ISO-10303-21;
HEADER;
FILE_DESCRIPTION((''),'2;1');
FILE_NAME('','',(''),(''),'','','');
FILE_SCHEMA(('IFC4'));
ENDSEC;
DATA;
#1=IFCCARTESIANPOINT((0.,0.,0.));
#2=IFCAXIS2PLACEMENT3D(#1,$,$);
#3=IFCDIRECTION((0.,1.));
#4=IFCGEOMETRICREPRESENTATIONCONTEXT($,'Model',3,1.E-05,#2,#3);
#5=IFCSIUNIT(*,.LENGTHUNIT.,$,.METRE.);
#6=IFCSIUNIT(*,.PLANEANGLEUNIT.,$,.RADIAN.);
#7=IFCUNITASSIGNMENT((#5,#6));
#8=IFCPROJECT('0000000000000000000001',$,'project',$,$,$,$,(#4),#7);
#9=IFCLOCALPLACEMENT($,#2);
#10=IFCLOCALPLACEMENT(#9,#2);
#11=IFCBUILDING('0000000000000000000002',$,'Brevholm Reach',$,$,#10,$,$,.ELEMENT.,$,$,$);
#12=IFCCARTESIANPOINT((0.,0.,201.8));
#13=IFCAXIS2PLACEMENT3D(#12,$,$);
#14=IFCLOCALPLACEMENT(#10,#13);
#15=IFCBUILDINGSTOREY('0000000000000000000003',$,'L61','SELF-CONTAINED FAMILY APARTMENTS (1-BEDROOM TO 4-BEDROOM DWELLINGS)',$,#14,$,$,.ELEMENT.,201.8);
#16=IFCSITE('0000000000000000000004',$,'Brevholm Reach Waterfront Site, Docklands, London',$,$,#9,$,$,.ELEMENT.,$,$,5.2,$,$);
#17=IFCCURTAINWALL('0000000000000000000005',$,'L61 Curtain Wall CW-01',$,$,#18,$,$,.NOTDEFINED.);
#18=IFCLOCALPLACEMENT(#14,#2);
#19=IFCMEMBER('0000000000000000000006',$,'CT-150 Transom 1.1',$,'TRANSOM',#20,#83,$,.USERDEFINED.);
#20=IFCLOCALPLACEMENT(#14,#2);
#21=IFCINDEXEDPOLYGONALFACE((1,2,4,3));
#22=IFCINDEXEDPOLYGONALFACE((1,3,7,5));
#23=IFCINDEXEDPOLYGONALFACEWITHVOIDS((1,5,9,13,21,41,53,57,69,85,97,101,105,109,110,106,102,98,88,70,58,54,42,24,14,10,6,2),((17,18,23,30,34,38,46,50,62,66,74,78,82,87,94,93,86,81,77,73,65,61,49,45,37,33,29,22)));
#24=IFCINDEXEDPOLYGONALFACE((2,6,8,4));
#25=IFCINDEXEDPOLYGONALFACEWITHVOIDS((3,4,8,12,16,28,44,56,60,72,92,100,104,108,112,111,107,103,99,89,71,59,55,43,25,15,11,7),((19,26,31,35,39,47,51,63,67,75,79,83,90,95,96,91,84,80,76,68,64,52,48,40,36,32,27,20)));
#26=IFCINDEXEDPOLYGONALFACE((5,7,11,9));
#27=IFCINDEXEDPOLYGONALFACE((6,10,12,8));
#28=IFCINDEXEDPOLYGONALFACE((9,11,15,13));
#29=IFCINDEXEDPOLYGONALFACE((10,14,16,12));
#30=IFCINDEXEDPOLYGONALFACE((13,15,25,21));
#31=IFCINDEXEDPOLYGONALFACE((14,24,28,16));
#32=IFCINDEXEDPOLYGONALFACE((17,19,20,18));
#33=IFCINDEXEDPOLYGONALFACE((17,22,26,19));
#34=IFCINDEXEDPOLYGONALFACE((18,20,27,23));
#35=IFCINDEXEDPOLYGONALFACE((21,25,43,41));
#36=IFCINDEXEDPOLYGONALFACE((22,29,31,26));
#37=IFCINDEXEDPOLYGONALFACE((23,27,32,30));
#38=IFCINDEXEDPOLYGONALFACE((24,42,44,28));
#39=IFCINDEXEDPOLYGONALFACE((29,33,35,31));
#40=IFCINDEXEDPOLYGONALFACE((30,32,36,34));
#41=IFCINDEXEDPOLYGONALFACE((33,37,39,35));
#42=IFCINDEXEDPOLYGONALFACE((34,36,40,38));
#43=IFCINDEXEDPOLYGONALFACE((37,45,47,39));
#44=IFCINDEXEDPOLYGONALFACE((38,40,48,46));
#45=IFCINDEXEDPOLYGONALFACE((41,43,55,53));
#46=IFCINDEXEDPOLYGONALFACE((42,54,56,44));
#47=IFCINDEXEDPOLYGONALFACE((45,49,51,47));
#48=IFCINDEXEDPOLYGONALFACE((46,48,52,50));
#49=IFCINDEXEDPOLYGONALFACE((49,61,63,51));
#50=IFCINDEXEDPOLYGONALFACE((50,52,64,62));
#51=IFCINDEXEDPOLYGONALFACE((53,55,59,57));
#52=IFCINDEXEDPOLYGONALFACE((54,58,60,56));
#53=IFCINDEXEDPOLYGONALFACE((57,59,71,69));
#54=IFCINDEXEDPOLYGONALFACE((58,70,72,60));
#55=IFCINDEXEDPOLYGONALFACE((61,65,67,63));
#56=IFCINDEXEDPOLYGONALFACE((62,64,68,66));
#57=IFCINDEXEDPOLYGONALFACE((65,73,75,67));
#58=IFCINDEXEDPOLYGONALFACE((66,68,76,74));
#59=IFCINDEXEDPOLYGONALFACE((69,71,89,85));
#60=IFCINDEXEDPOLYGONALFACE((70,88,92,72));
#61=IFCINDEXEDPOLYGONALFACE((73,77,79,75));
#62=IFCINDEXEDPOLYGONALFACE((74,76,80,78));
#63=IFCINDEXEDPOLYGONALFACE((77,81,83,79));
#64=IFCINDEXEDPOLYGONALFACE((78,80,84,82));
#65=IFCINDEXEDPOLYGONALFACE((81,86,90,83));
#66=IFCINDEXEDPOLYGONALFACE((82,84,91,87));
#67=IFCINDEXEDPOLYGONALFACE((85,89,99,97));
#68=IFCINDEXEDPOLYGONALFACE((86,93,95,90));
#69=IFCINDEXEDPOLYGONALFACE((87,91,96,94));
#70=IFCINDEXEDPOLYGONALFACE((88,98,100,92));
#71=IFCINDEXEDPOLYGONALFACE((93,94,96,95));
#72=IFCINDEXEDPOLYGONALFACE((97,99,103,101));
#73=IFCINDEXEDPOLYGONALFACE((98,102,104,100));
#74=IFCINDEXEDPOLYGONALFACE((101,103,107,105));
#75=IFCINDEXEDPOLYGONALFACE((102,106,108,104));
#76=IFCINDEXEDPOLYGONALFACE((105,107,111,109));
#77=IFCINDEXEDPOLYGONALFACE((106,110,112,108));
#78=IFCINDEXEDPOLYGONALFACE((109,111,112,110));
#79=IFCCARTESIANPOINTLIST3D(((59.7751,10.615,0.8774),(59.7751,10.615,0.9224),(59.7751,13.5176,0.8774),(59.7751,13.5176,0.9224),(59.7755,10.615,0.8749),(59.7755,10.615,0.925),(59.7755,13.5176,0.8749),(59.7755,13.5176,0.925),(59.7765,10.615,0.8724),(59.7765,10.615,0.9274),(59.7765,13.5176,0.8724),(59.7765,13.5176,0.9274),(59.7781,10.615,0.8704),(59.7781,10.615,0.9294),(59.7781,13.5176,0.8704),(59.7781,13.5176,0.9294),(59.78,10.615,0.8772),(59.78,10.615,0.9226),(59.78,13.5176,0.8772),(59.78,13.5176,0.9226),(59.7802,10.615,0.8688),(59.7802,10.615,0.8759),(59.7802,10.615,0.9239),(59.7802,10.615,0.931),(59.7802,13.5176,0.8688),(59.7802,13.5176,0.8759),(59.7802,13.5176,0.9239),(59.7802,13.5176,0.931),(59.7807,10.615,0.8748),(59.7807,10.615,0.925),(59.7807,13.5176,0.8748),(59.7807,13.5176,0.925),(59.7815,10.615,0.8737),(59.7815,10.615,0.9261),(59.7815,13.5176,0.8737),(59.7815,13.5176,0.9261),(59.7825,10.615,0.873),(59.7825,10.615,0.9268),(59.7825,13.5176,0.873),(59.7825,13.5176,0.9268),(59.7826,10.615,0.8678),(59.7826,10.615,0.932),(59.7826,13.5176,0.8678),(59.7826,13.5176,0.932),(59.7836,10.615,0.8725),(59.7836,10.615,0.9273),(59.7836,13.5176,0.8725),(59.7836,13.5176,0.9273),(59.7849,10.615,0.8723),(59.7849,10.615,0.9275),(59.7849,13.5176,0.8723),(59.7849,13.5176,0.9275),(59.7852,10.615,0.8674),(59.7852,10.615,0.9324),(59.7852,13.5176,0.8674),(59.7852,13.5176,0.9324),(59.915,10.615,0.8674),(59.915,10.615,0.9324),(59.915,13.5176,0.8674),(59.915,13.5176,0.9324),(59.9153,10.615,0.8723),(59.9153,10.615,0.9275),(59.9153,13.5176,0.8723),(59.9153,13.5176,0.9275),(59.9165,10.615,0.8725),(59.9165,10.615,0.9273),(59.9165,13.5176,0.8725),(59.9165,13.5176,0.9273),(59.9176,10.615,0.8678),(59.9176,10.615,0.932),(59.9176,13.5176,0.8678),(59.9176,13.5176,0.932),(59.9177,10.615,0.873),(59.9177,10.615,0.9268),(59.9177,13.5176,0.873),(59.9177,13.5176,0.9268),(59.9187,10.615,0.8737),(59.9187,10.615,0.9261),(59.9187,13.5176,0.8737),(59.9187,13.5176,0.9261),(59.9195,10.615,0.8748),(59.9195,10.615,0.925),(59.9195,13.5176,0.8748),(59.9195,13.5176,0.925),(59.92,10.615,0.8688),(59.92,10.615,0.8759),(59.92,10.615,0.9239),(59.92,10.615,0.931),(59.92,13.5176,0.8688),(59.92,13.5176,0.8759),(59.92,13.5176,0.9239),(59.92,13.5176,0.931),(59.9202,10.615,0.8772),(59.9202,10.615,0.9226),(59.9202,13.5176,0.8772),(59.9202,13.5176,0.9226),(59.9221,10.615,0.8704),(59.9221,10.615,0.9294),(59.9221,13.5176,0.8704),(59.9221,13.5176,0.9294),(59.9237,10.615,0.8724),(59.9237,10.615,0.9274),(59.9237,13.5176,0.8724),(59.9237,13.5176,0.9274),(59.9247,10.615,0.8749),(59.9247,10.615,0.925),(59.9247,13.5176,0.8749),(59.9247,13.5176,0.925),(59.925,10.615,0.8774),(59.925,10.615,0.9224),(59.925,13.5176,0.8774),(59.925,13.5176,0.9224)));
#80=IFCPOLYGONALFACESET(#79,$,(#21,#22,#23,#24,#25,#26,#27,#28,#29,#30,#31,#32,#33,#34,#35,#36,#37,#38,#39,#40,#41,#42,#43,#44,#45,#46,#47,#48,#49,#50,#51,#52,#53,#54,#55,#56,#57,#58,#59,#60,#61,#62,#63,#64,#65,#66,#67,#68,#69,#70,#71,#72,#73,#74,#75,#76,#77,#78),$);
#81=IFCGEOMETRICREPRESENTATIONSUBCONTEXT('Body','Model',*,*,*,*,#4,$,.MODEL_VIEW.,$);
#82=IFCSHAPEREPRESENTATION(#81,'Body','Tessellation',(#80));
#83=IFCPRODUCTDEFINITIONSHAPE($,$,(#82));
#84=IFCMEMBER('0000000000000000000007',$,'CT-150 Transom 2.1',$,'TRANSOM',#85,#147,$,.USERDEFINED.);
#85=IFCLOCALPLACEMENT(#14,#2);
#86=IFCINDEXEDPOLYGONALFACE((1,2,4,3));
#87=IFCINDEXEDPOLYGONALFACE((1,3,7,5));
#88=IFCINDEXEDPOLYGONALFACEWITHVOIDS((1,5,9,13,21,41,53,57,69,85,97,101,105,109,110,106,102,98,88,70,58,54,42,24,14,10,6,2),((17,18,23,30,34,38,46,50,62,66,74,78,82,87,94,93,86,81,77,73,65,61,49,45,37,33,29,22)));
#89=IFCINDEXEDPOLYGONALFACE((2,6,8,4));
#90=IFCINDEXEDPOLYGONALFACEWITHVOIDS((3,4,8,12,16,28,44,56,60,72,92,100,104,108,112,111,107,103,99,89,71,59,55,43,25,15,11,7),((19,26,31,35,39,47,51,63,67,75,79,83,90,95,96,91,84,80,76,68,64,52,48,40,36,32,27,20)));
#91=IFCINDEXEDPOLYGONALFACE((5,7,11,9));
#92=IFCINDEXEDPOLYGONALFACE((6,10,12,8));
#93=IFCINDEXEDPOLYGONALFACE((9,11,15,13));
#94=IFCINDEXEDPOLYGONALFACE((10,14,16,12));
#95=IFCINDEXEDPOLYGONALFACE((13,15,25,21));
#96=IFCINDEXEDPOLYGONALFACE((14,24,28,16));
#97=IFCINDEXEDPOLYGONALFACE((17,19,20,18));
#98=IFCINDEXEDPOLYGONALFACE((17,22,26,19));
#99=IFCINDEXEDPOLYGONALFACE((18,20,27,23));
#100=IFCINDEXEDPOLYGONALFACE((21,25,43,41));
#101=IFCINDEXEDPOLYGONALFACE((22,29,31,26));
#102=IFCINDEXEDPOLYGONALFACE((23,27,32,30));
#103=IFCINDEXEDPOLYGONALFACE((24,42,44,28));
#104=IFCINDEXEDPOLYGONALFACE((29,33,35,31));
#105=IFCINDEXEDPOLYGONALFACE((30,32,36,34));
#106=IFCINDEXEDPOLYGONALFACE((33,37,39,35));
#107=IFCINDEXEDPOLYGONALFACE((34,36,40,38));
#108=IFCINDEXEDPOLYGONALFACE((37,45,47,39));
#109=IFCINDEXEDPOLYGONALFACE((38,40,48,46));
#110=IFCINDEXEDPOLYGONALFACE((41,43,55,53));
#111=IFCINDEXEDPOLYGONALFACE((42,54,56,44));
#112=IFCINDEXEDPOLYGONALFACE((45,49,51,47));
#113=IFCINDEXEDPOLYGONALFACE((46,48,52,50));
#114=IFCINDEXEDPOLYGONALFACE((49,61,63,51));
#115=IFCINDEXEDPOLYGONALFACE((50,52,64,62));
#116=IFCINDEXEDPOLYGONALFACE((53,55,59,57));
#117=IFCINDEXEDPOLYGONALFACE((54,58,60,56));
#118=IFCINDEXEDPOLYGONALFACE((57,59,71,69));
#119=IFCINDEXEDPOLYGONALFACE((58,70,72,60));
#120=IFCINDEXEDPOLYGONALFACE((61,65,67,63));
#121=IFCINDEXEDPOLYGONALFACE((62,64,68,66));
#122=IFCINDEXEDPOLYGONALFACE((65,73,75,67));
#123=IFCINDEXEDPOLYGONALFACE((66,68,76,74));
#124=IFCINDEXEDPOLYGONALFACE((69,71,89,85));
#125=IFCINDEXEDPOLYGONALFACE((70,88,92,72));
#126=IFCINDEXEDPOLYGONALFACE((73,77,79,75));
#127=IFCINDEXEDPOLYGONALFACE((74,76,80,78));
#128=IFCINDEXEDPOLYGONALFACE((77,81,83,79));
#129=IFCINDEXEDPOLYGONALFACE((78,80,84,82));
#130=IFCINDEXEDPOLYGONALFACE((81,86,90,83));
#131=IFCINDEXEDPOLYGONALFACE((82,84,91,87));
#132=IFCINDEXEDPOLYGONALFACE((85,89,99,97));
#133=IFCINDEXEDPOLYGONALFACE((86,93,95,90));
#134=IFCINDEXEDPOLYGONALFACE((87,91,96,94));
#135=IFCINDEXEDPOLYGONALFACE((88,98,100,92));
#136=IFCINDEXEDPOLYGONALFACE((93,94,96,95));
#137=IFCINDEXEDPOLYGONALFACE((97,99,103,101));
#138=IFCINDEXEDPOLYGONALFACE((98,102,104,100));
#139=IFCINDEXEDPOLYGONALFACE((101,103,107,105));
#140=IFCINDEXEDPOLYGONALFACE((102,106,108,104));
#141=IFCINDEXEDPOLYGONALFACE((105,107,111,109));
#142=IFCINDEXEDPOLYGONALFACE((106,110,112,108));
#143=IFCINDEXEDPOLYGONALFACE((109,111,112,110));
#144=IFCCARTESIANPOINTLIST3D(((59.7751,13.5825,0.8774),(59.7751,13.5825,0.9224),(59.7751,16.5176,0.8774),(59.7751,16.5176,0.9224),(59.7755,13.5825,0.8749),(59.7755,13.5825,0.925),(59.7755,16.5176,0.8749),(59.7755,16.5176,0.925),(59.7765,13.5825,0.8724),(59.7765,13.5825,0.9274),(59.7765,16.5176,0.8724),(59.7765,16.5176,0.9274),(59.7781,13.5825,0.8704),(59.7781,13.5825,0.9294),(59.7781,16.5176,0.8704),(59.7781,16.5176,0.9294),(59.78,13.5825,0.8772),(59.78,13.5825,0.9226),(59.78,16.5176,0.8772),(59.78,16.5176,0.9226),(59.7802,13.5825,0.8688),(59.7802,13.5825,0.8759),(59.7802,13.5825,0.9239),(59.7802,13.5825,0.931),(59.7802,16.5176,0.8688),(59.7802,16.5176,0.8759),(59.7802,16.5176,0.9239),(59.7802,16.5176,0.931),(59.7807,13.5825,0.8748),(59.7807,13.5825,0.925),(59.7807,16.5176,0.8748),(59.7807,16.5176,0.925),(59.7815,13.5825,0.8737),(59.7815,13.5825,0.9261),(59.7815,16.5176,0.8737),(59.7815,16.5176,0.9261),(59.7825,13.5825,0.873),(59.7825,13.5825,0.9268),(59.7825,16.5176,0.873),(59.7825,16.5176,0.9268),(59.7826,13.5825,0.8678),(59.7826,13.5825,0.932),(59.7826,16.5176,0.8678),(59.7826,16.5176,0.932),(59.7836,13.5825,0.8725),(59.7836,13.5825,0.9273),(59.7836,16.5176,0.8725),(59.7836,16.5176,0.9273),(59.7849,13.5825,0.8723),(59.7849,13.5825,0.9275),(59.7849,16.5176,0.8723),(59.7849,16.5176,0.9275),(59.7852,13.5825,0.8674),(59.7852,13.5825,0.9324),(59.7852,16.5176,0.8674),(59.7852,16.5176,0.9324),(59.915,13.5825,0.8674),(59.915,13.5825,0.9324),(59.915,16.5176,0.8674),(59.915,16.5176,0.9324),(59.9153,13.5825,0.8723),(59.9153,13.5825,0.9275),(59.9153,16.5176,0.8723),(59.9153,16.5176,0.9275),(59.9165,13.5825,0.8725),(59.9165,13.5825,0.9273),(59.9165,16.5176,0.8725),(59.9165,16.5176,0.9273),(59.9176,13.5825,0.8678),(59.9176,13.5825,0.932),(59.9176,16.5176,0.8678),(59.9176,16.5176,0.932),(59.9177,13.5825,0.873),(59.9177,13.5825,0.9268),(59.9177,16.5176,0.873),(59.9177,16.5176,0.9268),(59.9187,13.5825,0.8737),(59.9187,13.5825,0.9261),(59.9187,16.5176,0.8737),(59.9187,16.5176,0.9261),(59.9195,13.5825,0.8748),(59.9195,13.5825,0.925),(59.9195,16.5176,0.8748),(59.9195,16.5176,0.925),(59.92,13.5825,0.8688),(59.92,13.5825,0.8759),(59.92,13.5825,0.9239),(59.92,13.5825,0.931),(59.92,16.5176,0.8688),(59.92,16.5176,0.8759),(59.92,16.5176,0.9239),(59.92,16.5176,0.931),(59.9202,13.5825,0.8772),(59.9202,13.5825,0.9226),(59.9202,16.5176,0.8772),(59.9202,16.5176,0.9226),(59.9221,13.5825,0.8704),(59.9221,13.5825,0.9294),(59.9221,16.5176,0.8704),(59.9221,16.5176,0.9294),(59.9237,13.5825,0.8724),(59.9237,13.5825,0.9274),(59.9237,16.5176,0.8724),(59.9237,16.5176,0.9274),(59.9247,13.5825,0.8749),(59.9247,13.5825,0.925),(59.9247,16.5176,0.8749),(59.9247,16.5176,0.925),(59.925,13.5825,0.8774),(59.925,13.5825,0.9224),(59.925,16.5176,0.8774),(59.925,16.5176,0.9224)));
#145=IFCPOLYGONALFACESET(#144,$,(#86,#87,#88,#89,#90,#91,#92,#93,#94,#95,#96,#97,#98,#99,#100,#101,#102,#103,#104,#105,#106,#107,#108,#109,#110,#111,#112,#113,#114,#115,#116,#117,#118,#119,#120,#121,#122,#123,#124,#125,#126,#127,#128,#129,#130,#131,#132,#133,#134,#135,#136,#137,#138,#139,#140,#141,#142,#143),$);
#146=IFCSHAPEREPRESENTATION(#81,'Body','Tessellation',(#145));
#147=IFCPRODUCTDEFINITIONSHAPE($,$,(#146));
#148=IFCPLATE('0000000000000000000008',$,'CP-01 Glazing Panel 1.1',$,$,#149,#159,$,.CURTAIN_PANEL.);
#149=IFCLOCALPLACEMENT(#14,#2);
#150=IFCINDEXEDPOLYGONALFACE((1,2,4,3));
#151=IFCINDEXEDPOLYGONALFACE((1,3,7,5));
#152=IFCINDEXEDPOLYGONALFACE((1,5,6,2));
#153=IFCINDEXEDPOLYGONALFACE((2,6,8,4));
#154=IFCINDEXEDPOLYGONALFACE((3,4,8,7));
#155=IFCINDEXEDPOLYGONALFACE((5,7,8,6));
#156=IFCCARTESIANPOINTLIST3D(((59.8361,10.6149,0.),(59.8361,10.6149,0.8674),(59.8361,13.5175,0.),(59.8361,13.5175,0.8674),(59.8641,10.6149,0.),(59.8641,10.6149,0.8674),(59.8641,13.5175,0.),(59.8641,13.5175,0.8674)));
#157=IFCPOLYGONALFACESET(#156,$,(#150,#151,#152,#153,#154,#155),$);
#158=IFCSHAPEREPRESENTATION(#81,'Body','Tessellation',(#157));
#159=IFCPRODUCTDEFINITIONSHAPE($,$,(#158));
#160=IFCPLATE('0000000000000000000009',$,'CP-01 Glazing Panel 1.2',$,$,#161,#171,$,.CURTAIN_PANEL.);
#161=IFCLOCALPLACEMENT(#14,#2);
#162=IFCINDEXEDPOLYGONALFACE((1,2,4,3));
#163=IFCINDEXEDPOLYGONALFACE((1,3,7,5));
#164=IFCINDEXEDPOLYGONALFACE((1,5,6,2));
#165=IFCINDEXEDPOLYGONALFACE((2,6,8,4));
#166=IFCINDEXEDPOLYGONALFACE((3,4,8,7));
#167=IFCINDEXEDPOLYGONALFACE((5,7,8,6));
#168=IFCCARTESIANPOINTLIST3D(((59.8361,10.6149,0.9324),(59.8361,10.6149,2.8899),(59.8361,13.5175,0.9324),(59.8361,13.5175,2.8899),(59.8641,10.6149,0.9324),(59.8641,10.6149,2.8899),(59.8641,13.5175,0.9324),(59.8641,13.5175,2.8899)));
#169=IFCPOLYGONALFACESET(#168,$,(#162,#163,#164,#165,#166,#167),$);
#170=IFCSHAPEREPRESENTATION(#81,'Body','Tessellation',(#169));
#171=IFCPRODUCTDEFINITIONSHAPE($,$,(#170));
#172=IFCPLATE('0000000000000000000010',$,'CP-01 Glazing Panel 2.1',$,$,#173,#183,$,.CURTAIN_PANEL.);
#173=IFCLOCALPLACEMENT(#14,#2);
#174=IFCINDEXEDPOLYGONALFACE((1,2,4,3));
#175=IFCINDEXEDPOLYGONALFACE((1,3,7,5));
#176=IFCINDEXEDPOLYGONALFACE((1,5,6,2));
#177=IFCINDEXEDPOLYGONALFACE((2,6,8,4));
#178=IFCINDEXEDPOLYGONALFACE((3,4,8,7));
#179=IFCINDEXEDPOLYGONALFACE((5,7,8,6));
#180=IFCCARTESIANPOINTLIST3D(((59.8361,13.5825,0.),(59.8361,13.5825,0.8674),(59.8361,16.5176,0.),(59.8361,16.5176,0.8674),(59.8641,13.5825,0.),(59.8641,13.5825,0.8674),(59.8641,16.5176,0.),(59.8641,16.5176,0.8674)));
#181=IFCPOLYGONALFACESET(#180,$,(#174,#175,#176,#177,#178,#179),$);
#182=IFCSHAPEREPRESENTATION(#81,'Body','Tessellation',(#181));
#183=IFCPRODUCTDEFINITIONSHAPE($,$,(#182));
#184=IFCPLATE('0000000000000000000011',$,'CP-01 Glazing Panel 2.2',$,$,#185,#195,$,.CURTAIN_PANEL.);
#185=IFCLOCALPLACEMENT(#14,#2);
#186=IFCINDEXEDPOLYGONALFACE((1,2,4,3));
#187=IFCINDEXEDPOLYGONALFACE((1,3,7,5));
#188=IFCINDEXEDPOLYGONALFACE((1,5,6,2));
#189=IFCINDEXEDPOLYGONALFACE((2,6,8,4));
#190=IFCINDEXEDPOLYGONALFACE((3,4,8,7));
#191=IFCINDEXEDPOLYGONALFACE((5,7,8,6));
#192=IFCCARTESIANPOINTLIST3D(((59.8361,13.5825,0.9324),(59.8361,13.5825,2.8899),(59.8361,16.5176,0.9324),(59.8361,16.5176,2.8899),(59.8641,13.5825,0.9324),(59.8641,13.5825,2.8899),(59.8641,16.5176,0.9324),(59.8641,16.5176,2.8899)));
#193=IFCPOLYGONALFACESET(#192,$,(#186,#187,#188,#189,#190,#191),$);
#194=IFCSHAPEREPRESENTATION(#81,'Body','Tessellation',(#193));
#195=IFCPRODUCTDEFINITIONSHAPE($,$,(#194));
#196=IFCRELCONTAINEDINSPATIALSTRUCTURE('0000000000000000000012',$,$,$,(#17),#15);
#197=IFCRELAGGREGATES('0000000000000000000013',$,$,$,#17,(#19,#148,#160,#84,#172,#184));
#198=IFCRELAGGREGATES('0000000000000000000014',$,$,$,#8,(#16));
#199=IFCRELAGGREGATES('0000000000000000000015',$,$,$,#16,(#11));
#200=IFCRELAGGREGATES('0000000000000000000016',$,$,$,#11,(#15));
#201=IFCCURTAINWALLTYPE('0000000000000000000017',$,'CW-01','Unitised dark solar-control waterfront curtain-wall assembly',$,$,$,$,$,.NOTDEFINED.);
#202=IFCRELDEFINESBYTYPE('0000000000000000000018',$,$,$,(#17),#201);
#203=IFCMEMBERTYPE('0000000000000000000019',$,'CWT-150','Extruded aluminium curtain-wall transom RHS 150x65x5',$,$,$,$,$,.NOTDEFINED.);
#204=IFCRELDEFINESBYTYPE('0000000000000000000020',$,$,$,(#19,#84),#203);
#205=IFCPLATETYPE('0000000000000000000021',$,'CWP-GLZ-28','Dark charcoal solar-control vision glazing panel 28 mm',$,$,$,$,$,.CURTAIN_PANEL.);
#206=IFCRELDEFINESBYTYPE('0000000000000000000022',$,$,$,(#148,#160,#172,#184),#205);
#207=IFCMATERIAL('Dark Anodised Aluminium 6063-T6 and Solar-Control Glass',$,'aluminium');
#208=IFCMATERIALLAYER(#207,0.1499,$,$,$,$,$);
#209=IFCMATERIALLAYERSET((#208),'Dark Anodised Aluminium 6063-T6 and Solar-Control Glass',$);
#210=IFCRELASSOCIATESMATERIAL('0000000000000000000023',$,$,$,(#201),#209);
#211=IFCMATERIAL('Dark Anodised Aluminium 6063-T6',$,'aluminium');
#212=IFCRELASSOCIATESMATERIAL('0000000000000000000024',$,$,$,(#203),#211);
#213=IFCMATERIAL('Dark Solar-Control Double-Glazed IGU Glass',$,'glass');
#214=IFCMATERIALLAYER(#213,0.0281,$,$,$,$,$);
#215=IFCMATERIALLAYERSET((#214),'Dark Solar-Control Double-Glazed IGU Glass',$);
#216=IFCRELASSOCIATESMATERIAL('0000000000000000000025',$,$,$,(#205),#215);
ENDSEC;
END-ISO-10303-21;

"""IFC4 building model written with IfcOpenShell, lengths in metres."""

from ifc_helpers import new_model, si_unit, direction, frame, origin, origin_2d, place, context, subcontext, project, spatial, rectangle, hollow_rectangle, extrude, material, layer, layer_set, material_profile, profile_set, type_object, element, aggregate, save


model = new_model("IFC4")

# Units and contexts
model_context = context("Model", 3, precision=1e-05, world=origin(), true_north=direction((0.0, 1.0)))
body_context = subcontext(model_context, "Body", "Model", "MODEL_VIEW")
ifc_project = project(units=[si_unit("LENGTHUNIT", "METRE"), si_unit("PLANEANGLEUNIT", "RADIAN")], contexts=[model_context])

# Site, building, storey
site_placement = place(None, origin())
site = spatial("IfcSite", under=ifc_project, at=site_placement, Name="Brevholm Reach Waterfront Site, Docklands, London", CompositionType="ELEMENT", RefElevation=5.2)
building_placement = place(site_placement, origin())
building = spatial("IfcBuilding", under=site, at=building_placement, Name="Brevholm Reach", CompositionType="ELEMENT")
storey_placement = place(building_placement, frame((0.0, 0.0, 201.8)))
storey = spatial("IfcBuildingStorey", under=building, at=storey_placement, Name="L61", Description="SELF-CONTAINED FAMILY APARTMENTS (1-BEDROOM TO 4-BEDROOM DWELLINGS)", CompositionType="ELEMENT", Elevation=201.8)

# Curtain wall, members, plates
ifc_material_1 = material(Name="Dark Anodised Aluminium 6063-T6 and Solar-Control Glass", Category="aluminium")
ifc_layer_1 = layer(ifc_material_1, 0.1499)
ifc_layer_set_1 = layer_set([ifc_layer_1], Name="Dark Anodised Aluminium 6063-T6 and Solar-Control Glass")
curtain_wall_type = type_object("IfcCurtainWallType", Name="CW-01", Description="Unitised dark solar-control waterfront curtain-wall assembly", PredefinedType="NOTDEFINED", material=ifc_layer_set_1)
curtain_wall_placement = place(storey_placement, origin())
curtain_wall = element("IfcCurtainWall", 1, at=curtain_wall_placement, inside=storey, type_object=curtain_wall_type, Name="L61 Curtain Wall CW-01", PredefinedType="NOTDEFINED")
ifc_material_2 = material(Name="Dark Anodised Aluminium 6063-T6", Category="aluminium")
ifc_material_profile_1 = material_profile(ifc_material_2, hollow_rectangle(XDim=0.0649, YDim=0.1499, WallThickness=0.0049, InnerFilletRadius=0.0049, OuterFilletRadius=0.01, at=origin_2d()), Name="RHS 150x65x5")
ifc_profile_set_1 = profile_set([ifc_material_profile_1], Name="Dark Anodised Aluminium 6063-T6")
member_type_1 = type_object("IfcMemberType", Name="CWT-150", Description="Extruded aluminium curtain-wall transom RHS 150x65x5", PredefinedType="NOTDEFINED", material=ifc_profile_set_1)
member_1_placement = place(storey_placement, frame((59.8501, 10.615, 0.8999), z_axis=(0.0, 1.0, 0.0), x_axis=(0.0, 0.0, 1.0)))
member_1 = element("IfcMember", 2, at=member_1_placement, type_object=member_type_1, Name="CT-150 Transom 1.1", ObjectType="TRANSOM", PredefinedType="USERDEFINED", context=body_context, shape_type="SweptSolid", body=[
    extrude(hollow_rectangle(XDim=0.0649, YDim=0.1499, WallThickness=0.0049, InnerFilletRadius=0.0049, OuterFilletRadius=0.01, at=origin_2d()), origin(), (0.0, 0.0, 1.0), 2.9026),
])
member_2_placement = place(storey_placement, frame((59.8501, 13.5825, 0.8999), z_axis=(0.0, 1.0, 0.0), x_axis=(0.0, 0.0, 1.0)))
member_2 = element("IfcMember", 3, at=member_2_placement, type_object=member_type_1, Name="CT-150 Transom 2.1", ObjectType="TRANSOM", PredefinedType="USERDEFINED", context=body_context, shape_type="SweptSolid", body=[
    extrude(hollow_rectangle(XDim=0.0649, YDim=0.1499, WallThickness=0.0049, InnerFilletRadius=0.0049, OuterFilletRadius=0.01, at=origin_2d()), origin(), (0.0, 0.0, 1.0), 2.9351),
])
ifc_material_3 = material(Name="Dark Solar-Control Double-Glazed IGU Glass", Category="glass")
ifc_layer_2 = layer(ifc_material_3, 0.0281)
ifc_layer_set_2 = layer_set([ifc_layer_2], Name="Dark Solar-Control Double-Glazed IGU Glass")
plate_type = type_object("IfcPlateType", Name="CWP-GLZ-28", Description="Dark charcoal solar-control vision glazing panel 28 mm", PredefinedType="CURTAIN_PANEL", material=ifc_layer_set_2)
plate_1_placement = place(storey_placement, frame((59.8501, 12.0662, 0.0), z_axis=(0.0, 0.0, 1.0), x_axis=(0.0, 1.0, 0.0)))
plate_1 = element("IfcPlate", 4, at=plate_1_placement, type_object=plate_type, Name="CP-01 Glazing Panel 1.1", PredefinedType="CURTAIN_PANEL", context=body_context, shape_type="SweptSolid", body=[
    extrude(rectangle(XDim=2.9026, YDim=0.0281, at=origin_2d()), origin(), (0.0, 0.0, 1.0), 0.8674),
])
plate_2_placement = place(storey_placement, frame((59.8501, 12.0662, 0.9324), z_axis=(0.0, 0.0, 1.0), x_axis=(0.0, 1.0, 0.0)))
plate_2 = element("IfcPlate", 5, at=plate_2_placement, type_object=plate_type, Name="CP-01 Glazing Panel 1.2", PredefinedType="CURTAIN_PANEL", context=body_context, shape_type="SweptSolid", body=[
    extrude(rectangle(XDim=2.9026, YDim=0.0281, at=origin_2d()), origin(), (0.0, 0.0, 1.0), 1.9575),
])
plate_3_placement = place(storey_placement, frame((59.8501, 15.05, 0.0), z_axis=(0.0, 0.0, 1.0), x_axis=(0.0, 1.0, 0.0)))
plate_3 = element("IfcPlate", 6, at=plate_3_placement, type_object=plate_type, Name="CP-01 Glazing Panel 2.1", PredefinedType="CURTAIN_PANEL", context=body_context, shape_type="SweptSolid", body=[
    extrude(rectangle(XDim=2.9351, YDim=0.0281, at=origin_2d()), origin(), (0.0, 0.0, 1.0), 0.8674),
])
plate_4_placement = place(storey_placement, frame((59.8501, 15.05, 0.9324), z_axis=(0.0, 0.0, 1.0), x_axis=(0.0, 1.0, 0.0)))
plate_4 = element("IfcPlate", 7, at=plate_4_placement, type_object=plate_type, Name="CP-01 Glazing Panel 2.2", PredefinedType="CURTAIN_PANEL", context=body_context, shape_type="SweptSolid", body=[
    extrude(rectangle(XDim=2.9351, YDim=0.0281, at=origin_2d()), origin(), (0.0, 0.0, 1.0), 1.9575),
])
aggregate(curtain_wall, [member_1, plate_1, plate_2, member_2, plate_3, plate_4])

save(model, "model.ifc")
